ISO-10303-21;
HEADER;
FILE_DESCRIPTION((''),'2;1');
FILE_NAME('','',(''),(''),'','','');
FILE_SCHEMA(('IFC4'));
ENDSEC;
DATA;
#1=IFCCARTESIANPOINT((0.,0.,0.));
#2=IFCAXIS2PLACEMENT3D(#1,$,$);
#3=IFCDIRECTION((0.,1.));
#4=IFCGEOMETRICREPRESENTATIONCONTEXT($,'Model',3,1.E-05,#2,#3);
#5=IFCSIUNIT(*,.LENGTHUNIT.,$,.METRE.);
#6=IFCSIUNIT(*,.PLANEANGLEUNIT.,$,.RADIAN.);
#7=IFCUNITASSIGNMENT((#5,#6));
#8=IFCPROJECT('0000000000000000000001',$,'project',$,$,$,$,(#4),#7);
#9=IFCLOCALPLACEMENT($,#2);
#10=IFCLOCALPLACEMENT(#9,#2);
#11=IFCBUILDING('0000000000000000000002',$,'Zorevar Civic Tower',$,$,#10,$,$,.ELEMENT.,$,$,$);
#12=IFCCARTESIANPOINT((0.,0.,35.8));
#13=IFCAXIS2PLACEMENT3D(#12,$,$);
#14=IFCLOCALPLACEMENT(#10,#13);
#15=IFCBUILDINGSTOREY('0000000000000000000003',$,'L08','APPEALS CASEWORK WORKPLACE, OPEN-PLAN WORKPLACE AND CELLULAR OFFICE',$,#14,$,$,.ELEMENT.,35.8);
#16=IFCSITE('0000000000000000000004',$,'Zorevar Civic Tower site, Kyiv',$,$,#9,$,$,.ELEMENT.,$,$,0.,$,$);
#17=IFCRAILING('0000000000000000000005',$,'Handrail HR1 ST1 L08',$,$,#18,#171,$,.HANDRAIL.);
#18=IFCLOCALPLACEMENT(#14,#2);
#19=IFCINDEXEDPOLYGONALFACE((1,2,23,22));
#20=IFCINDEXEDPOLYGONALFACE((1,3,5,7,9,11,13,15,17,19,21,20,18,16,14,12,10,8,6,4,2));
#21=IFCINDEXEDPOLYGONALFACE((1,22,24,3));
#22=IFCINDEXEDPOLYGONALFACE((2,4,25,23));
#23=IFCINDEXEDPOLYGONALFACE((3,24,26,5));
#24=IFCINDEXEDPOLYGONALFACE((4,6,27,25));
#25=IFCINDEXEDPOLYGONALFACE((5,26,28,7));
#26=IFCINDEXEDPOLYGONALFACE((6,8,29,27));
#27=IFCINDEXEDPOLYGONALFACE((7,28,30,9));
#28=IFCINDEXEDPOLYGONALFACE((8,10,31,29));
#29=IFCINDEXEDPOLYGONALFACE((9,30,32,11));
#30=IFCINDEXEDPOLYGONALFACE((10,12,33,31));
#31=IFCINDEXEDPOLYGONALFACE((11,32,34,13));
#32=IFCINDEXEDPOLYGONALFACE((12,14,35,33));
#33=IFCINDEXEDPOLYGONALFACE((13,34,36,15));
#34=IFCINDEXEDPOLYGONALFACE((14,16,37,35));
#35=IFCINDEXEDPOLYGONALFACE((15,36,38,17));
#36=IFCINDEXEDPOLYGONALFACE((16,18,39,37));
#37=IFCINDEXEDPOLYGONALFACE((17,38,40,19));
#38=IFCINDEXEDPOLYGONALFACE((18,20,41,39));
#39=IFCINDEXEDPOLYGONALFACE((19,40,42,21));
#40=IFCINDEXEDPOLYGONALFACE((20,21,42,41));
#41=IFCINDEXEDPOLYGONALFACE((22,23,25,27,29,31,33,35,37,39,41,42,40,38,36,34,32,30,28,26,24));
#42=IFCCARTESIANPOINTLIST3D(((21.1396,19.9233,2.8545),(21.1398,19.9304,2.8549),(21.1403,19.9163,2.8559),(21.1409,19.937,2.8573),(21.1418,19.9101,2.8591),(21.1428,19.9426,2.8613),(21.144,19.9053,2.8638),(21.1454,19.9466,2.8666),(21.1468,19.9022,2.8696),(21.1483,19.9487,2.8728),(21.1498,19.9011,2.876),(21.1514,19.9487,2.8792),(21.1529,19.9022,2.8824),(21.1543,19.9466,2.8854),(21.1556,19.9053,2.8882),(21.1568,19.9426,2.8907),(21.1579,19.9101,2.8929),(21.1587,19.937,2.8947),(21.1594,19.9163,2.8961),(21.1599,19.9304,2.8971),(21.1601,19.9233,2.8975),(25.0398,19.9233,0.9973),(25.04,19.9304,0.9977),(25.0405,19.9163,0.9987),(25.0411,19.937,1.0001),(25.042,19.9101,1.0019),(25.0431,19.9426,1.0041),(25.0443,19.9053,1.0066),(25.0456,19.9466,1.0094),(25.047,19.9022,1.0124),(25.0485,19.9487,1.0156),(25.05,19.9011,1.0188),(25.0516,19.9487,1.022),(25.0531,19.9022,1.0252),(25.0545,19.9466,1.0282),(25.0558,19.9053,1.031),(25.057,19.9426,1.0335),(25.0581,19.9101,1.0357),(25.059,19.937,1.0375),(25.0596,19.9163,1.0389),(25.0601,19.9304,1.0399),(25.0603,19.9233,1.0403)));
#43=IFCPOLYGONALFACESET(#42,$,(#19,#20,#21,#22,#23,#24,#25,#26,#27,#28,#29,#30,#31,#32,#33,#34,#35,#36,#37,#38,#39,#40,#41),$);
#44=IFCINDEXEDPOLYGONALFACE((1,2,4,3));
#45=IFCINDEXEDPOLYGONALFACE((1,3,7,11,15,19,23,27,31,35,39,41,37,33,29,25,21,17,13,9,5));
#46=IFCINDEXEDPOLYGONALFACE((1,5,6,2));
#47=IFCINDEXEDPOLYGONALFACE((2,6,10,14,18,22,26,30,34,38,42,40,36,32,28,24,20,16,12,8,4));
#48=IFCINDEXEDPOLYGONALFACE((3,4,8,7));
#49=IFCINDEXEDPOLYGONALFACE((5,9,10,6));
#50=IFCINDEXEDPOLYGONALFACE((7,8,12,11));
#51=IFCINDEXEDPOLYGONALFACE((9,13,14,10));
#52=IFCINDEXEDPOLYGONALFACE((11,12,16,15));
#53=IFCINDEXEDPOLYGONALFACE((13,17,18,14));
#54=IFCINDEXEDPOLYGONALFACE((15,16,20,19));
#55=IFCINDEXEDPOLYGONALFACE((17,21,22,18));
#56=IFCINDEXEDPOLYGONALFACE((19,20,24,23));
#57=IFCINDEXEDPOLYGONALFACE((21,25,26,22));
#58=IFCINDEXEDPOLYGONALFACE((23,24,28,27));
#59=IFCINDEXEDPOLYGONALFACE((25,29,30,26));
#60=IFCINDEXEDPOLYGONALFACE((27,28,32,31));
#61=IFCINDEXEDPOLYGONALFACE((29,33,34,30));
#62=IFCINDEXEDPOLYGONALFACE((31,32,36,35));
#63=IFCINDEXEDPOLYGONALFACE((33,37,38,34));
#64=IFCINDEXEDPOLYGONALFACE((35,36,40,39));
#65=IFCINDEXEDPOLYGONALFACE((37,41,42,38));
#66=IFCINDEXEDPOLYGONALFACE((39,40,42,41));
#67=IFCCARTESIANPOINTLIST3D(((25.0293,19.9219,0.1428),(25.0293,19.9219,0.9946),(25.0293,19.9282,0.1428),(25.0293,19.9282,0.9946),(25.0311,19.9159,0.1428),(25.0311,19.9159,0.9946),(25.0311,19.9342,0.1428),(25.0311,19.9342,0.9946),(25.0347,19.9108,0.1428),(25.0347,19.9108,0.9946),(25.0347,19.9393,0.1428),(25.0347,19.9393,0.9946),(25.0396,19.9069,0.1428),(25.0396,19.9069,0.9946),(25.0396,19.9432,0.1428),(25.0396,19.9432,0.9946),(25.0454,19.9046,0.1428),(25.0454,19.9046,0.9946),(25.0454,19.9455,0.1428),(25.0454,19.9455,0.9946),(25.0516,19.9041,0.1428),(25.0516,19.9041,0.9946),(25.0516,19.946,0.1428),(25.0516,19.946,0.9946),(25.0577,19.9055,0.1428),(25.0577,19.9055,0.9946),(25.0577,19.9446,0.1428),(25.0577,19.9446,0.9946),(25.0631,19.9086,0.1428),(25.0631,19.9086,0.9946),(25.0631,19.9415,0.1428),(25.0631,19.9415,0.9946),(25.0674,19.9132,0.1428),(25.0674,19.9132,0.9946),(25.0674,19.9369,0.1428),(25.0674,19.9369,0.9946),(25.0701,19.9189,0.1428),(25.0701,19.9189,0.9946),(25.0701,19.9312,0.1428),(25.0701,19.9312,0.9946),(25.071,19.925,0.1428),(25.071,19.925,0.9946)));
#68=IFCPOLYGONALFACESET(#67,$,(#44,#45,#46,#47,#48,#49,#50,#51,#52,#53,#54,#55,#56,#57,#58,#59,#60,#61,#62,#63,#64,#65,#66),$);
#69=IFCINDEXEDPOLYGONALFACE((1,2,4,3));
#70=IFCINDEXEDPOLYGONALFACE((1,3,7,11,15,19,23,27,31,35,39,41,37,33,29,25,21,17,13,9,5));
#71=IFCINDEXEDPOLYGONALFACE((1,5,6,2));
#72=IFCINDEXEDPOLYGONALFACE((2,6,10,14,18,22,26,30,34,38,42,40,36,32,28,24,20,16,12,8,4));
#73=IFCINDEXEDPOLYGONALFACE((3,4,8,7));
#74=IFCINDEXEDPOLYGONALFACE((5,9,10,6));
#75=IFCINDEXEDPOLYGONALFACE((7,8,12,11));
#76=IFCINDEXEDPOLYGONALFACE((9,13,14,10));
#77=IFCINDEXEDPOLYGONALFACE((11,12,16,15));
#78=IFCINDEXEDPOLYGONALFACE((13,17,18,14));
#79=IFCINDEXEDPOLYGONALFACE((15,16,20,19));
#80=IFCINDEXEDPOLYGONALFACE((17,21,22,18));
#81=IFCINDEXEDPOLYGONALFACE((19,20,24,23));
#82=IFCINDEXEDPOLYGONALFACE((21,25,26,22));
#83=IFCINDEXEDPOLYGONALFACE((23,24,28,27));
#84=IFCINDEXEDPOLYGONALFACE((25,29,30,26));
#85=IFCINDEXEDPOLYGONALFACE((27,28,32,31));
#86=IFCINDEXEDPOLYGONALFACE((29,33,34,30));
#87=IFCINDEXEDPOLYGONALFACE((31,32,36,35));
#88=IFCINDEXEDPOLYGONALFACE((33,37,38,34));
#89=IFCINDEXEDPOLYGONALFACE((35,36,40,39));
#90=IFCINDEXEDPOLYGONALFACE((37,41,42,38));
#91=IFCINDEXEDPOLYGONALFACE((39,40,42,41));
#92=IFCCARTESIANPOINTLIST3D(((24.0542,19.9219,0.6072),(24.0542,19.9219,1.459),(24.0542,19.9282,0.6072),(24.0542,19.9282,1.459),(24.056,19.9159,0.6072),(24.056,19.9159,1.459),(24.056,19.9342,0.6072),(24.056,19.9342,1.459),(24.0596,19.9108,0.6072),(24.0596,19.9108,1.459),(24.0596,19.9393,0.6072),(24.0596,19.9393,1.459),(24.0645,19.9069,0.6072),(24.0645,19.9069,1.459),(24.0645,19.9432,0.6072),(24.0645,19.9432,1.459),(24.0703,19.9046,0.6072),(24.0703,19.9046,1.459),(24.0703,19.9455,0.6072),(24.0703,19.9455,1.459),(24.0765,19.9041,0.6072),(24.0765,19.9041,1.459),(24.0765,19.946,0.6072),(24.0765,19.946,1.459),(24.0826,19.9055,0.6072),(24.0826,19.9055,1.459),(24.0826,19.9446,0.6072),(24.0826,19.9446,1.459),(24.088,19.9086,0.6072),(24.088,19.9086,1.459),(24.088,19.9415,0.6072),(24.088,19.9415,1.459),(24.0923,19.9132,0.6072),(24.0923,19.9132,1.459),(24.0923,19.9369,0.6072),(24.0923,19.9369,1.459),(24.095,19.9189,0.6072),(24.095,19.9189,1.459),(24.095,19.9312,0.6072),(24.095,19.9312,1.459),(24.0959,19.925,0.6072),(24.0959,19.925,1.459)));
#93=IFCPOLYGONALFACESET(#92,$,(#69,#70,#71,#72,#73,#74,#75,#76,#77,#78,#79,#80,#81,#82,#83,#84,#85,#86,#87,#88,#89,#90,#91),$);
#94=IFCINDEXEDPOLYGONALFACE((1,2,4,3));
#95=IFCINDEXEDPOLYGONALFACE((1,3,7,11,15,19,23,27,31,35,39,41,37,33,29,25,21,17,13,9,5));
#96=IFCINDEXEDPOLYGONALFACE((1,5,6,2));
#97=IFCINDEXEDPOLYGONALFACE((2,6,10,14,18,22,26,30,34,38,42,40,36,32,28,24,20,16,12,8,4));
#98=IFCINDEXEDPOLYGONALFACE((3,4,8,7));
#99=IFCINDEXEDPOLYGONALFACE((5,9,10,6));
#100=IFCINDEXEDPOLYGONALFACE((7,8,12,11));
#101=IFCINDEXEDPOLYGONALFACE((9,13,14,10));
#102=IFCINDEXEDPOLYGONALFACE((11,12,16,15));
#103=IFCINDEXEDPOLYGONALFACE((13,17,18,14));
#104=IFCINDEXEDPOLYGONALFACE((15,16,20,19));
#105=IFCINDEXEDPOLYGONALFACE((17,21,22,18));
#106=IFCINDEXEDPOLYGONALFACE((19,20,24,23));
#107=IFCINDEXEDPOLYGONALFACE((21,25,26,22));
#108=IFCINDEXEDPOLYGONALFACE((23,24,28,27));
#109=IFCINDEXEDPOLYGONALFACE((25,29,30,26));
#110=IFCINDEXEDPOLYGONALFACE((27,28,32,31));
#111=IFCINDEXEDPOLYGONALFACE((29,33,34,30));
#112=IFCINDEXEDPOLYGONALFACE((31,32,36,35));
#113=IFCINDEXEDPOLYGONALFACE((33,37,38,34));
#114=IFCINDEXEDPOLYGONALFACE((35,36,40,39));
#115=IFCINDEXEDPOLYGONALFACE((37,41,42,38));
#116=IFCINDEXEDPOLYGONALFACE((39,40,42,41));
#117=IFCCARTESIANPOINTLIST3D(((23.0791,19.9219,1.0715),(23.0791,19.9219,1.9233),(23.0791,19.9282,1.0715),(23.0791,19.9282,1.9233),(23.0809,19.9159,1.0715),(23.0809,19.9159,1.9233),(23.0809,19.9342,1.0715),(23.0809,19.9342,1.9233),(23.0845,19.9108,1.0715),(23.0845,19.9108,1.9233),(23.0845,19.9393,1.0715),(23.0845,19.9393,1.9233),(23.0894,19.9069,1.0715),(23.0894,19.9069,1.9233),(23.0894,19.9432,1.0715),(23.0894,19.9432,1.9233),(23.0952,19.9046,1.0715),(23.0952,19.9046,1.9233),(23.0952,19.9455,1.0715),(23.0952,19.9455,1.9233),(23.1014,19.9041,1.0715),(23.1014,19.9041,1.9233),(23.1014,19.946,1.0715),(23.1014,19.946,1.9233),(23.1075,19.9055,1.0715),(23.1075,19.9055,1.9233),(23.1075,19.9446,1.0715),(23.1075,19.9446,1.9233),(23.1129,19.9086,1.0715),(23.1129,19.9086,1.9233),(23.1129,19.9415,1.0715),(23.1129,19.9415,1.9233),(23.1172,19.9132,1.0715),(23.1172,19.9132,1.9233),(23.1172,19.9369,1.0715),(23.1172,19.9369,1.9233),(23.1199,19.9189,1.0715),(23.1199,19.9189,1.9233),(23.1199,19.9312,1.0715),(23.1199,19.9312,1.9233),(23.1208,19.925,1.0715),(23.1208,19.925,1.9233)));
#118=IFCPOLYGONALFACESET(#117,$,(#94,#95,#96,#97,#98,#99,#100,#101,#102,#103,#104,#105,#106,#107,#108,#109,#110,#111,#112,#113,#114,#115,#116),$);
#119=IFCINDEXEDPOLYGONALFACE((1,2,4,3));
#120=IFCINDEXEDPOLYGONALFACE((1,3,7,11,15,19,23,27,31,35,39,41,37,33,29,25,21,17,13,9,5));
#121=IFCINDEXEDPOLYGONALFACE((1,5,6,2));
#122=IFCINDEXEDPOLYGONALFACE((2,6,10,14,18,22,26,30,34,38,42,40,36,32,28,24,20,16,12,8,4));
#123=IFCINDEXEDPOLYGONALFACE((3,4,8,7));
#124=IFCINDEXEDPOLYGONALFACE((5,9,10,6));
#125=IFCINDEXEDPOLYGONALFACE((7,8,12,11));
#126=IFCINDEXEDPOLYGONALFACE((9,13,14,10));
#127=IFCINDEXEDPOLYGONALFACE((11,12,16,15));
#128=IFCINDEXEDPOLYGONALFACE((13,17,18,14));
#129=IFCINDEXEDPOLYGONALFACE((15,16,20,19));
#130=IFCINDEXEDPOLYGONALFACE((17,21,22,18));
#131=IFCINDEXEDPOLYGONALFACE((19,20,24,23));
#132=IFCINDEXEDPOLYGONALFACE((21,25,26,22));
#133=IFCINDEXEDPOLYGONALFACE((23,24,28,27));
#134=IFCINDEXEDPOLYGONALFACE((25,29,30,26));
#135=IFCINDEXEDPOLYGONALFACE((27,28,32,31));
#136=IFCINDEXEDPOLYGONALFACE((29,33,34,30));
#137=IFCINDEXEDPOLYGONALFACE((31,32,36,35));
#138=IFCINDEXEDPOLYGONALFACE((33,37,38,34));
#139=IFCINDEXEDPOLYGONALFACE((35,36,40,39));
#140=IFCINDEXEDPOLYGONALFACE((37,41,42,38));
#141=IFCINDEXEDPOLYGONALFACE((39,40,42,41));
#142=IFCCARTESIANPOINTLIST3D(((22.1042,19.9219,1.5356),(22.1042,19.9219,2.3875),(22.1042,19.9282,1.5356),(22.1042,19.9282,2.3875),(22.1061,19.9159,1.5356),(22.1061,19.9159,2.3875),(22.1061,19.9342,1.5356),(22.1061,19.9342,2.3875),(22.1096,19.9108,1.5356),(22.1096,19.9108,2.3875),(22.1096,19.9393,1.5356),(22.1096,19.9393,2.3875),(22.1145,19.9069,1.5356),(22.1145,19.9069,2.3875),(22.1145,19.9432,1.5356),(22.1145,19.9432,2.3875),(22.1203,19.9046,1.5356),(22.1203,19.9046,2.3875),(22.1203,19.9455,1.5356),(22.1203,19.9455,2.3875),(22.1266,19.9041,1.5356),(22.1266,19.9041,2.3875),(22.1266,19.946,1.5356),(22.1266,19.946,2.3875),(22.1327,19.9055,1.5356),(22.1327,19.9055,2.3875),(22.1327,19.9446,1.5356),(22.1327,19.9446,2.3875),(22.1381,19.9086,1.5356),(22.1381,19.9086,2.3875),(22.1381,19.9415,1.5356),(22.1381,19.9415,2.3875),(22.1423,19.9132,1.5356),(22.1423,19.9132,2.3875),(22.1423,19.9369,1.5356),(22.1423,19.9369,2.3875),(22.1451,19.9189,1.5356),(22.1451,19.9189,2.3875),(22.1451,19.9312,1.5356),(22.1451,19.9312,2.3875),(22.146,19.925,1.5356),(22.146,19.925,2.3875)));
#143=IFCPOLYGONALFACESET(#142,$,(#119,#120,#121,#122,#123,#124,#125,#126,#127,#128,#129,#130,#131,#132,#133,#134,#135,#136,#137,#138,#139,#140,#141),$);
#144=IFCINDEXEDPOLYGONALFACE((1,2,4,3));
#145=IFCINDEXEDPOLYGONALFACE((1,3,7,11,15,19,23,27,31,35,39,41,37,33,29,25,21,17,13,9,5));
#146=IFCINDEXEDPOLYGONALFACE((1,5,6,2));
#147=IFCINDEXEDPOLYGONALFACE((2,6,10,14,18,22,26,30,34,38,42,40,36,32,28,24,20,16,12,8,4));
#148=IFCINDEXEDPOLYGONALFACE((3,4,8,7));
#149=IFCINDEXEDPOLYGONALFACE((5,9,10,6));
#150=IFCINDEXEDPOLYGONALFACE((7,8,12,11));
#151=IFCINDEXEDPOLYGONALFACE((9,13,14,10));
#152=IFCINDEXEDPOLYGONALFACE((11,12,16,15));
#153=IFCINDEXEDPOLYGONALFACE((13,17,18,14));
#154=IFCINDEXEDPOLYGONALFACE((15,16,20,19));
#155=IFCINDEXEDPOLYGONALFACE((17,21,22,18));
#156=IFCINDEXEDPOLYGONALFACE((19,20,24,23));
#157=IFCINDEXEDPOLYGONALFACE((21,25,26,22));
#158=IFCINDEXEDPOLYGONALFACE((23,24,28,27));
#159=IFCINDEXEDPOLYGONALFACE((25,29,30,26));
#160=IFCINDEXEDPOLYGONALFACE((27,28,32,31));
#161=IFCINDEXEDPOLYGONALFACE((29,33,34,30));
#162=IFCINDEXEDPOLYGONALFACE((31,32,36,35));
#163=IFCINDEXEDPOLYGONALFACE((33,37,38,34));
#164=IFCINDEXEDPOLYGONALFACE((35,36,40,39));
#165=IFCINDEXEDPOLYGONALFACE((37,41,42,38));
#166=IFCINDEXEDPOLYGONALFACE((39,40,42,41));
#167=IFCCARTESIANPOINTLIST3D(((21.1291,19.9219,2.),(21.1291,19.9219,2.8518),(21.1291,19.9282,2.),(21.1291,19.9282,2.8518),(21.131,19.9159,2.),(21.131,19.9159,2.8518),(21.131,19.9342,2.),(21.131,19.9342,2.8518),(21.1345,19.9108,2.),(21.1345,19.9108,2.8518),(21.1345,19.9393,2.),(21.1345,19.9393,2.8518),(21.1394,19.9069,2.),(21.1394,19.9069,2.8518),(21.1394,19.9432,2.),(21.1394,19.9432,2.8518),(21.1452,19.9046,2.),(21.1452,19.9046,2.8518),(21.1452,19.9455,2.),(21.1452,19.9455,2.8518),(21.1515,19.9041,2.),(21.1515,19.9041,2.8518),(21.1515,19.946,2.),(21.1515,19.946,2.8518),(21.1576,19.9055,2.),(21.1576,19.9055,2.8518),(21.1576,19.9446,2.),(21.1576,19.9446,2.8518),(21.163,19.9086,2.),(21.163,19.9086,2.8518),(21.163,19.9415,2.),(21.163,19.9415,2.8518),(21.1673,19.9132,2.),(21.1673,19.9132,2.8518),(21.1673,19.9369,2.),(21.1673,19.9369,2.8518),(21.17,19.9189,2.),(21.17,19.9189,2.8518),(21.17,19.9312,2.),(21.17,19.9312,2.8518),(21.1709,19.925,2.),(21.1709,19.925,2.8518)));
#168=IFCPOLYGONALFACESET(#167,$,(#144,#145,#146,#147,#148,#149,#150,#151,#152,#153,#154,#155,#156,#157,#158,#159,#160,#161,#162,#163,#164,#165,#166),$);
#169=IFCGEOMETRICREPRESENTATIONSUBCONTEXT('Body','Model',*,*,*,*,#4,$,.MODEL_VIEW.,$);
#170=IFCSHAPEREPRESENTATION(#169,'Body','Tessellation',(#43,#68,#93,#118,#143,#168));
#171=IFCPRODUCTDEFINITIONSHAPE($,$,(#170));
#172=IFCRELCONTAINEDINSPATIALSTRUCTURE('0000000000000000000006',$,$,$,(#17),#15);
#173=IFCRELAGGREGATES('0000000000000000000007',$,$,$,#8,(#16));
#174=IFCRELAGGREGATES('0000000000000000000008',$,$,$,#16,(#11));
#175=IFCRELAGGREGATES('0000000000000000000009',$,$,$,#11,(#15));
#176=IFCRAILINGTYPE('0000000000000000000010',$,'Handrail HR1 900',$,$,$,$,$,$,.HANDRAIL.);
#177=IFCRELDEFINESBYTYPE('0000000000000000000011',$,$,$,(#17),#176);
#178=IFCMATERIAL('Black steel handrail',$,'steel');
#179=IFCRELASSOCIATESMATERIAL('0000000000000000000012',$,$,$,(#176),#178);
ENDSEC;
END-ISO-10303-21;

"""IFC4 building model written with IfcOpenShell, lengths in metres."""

from ifc_helpers import new_model, si_unit, direction, frame, origin, origin_2d, place, context, subcontext, project, spatial, circle, extrude, material, type_object, element, save


model = new_model("IFC4")

# Units and contexts
model_context = context("Model", 3, precision=1e-05, world=origin(), true_north=direction((0.0, 1.0)))
body_context = subcontext(model_context, "Body", "Model", "MODEL_VIEW")
ifc_project = project(units=[si_unit("LENGTHUNIT", "METRE"), si_unit("PLANEANGLEUNIT", "RADIAN")], contexts=[model_context])

# Site, building, storey
site_placement = place(None, origin())
site = spatial("IfcSite", under=ifc_project, at=site_placement, Name="Zorevar Civic Tower site, Kyiv", CompositionType="ELEMENT", RefElevation=0.0)
building_placement = place(site_placement, origin())
building = spatial("IfcBuilding", under=site, at=building_placement, Name="Zorevar Civic Tower", CompositionType="ELEMENT")
storey_placement = place(building_placement, frame((0.0, 0.0, 35.8)))
storey = spatial("IfcBuildingStorey", under=building, at=storey_placement, Name="L08", Description="APPEALS CASEWORK WORKPLACE, OPEN-PLAN WORKPLACE AND CELLULAR OFFICE", CompositionType="ELEMENT", Elevation=35.8)

# Railing
ifc_material_1 = material(Name="Black steel handrail", Category="steel")
railing_type = type_object("IfcRailingType", Name="Handrail HR1 900", PredefinedType="HANDRAIL", material=ifc_material_1)
railing_1_placement = place(storey_placement, frame((25.05, 19.925, 0.1428)))
element("IfcRailing", 1, at=railing_1_placement, inside=storey, type_object=railing_type, Name="Handrail HR1 ST1 L08", PredefinedType="HANDRAIL", context=body_context, shape_type="SweptSolid", body=[
    extrude(circle(Radius=0.0239, at=origin_2d()), frame((0.0, 0.0, 0.876), z_axis=(-0.902864, 0.0, 0.429927), x_axis=(0.0, -1.0, 0.0)), (0.0, 0.0, 1.0), 4.3198),
    extrude(circle(Radius=0.021, at=origin_2d()), origin(), (0.0, 0.0, 1.0), 0.8518),
    extrude(circle(Radius=0.021, at=origin_2d()), frame((-0.9751, 0.0, 0.4644)), (0.0, 0.0, 1.0), 0.8518),
    extrude(circle(Radius=0.021, at=origin_2d()), frame((-1.9502, 0.0, 0.9287)), (0.0, 0.0, 1.0), 0.8518),
    extrude(circle(Radius=0.021, at=origin_2d()), frame((-2.925, 0.0, 1.3928)), (0.0, 0.0, 1.0), 0.8518),
    extrude(circle(Radius=0.021, at=origin_2d()), frame((-3.9001, 0.0, 1.8572)), (0.0, 0.0, 1.0), 0.8518),
])

save(model, "model.ifc")
